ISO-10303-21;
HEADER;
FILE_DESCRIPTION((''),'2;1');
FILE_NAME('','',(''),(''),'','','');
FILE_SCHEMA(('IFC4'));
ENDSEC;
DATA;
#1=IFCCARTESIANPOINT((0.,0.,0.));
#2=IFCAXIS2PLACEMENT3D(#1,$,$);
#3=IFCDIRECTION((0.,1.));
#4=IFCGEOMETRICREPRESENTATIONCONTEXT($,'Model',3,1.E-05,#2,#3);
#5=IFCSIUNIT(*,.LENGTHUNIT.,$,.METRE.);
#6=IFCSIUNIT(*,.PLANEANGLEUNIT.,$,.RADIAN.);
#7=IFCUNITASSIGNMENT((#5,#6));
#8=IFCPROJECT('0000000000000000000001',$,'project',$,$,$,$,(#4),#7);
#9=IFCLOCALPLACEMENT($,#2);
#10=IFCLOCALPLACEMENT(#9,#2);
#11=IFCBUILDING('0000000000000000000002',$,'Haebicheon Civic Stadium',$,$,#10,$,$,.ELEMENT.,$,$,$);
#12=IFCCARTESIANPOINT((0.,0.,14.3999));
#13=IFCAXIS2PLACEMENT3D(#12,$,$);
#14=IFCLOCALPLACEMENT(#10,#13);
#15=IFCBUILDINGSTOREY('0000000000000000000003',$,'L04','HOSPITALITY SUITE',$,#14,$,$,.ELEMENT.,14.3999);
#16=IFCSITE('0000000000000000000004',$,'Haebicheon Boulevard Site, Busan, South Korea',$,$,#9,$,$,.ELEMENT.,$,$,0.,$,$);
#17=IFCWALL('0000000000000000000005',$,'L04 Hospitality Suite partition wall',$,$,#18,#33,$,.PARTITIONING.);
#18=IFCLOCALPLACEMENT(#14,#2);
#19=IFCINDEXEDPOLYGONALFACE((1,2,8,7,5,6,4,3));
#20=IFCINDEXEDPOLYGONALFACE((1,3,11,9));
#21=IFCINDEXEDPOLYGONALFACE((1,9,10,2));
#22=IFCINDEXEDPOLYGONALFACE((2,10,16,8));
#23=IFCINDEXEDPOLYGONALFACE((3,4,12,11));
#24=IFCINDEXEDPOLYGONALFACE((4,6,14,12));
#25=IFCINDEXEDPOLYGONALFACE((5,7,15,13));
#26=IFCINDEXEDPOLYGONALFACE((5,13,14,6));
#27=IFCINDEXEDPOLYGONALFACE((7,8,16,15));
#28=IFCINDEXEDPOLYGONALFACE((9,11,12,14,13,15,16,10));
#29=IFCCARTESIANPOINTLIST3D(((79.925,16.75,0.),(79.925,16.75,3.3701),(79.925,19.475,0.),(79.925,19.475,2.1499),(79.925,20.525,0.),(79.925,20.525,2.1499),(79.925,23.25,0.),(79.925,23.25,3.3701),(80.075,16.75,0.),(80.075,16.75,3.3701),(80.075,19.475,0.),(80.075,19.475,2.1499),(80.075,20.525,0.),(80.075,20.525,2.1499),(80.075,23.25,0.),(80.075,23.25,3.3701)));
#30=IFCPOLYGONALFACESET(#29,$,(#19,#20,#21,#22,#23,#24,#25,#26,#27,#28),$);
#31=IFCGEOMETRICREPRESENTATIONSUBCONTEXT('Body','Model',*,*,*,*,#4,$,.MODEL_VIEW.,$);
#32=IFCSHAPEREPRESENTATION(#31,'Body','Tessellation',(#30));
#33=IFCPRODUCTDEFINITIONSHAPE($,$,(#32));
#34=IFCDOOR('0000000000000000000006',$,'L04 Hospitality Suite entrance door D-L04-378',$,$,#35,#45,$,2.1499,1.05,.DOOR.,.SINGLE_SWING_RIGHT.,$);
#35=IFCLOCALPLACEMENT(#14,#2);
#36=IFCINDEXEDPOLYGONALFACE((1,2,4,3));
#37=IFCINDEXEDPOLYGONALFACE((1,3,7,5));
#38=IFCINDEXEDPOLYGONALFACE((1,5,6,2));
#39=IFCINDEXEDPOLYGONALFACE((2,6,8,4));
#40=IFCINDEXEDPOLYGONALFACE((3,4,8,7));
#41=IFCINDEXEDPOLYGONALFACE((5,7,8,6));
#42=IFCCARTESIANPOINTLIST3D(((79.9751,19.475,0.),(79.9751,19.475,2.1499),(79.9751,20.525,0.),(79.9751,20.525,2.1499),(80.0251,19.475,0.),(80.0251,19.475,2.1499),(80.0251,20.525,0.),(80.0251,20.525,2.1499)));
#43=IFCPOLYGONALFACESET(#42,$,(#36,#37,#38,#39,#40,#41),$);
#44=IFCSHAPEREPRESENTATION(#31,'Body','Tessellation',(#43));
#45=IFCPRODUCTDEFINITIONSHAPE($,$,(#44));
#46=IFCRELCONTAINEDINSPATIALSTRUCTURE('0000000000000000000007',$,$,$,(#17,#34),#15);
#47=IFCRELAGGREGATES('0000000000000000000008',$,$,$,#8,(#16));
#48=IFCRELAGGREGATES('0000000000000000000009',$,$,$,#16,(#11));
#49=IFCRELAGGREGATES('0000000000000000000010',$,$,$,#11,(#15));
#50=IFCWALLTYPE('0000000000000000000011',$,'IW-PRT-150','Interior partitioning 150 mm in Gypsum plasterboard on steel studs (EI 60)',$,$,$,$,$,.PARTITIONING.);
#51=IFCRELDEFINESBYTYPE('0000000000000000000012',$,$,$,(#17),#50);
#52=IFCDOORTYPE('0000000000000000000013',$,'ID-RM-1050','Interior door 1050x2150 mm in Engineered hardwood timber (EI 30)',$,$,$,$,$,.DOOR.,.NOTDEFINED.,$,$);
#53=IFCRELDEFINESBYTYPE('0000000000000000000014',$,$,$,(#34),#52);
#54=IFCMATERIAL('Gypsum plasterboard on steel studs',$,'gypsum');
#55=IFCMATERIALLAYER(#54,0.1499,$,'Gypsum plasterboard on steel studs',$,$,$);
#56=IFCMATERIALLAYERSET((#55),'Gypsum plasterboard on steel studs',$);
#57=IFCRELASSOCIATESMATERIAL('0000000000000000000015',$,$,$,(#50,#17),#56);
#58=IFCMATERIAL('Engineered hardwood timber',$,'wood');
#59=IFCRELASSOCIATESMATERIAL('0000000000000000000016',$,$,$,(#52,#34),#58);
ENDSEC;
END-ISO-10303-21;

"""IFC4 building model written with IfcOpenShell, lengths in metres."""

from ifc_helpers import new_model, si_unit, direction, frame, frame_2d, origin, place, context, subcontext, project, spatial, rectangle, extrude, material, layer, layer_set, type_object, element, fill, save


model = new_model("IFC4")

# Units and contexts
model_context = context("Model", 3, precision=1e-05, world=origin(), true_north=direction((0.0, 1.0)))
body_context = subcontext(model_context, "Body", "Model", "MODEL_VIEW")
ifc_project = project(units=[si_unit("LENGTHUNIT", "METRE"), si_unit("PLANEANGLEUNIT", "RADIAN")], contexts=[model_context])

# Site, building, storey
site_placement = place(None, origin())
site = spatial("IfcSite", under=ifc_project, at=site_placement, Name="Haebicheon Boulevard Site, Busan, South Korea", CompositionType="ELEMENT", RefElevation=0.0)
building_placement = place(site_placement, origin())
building = spatial("IfcBuilding", under=site, at=building_placement, Name="Haebicheon Civic Stadium", CompositionType="ELEMENT")
storey_placement = place(building_placement, frame((0.0, 0.0, 14.3999)))
storey = spatial("IfcBuildingStorey", under=building, at=storey_placement, Name="L04", Description="HOSPITALITY SUITE", CompositionType="ELEMENT", Elevation=14.3999)

# Shared definitions
ifc_material_1 = material(Name="Gypsum plasterboard on steel studs", Category="gypsum")
ifc_layer_1 = layer(ifc_material_1, 0.1499, Name="Gypsum plasterboard on steel studs")
ifc_layer_set_1 = layer_set([ifc_layer_1], Name="Gypsum plasterboard on steel studs")
wall_type_1 = type_object("IfcWallType", Name="IW-PRT-150", Description="Interior partitioning 150 mm in Gypsum plasterboard on steel studs (EI 60)", PredefinedType="PARTITIONING", material=ifc_layer_set_1)

# Wall, opening, door
wall_1_placement = place(storey_placement, frame((80.0, 16.75, 0.0), z_axis=(0.0, 0.0, 1.0), x_axis=(0.0, 1.0, 0.0)))
wall_1 = element("IfcWall", 1, at=wall_1_placement, inside=storey, type_object=wall_type_1, material=ifc_layer_set_1, Name="L04 Hospitality Suite partition wall", PredefinedType="PARTITIONING", context=body_context, shape_type="SweptSolid", body=[
    extrude(rectangle(XDim=6.5, YDim=0.1499, at=frame_2d((3.25, 0.0))), origin(), (0.0, 0.0, 1.0), 3.3701),
])
opening_1_placement = place(wall_1_placement, frame((2.7251, 0.0, 0.0)))
opening_1 = element("IfcOpeningElement", 2, at=opening_1_placement, cuts=wall_1, PredefinedType="OPENING", context=body_context, shape_type="SweptSolid", body=[
    extrude(rectangle(XDim=1.05, YDim=2.1499, at=frame_2d((0.5249, 1.075))), frame((0.0, 0.085, 0.0), z_axis=(0.0, -1.0, 0.0), x_axis=(1.0, 0.0, 0.0)), (0.0, 0.0, 1.0), 0.1699),
])
ifc_material_2 = material(Name="Engineered hardwood timber", Category="wood")
door_type_1 = type_object("IfcDoorType", Name="ID-RM-1050", Description="Interior door 1050x2150 mm in Engineered hardwood timber (EI 30)", OperationType="NOTDEFINED", PredefinedType="DOOR", material=ifc_material_2)
door_1_placement = place(opening_1_placement, origin())
door_1 = element("IfcDoor", 3, at=door_1_placement, inside=storey, type_object=door_type_1, material=ifc_material_2, Name="L04 Hospitality Suite entrance door D-L04-378", OperationType="SINGLE_SWING_RIGHT", OverallHeight=2.1499, OverallWidth=1.05, PredefinedType="DOOR", context=body_context, shape_type="SweptSolid", body=[
    extrude(rectangle(XDim=1.05, YDim=2.1499, at=frame_2d((0.5249, 1.075))), frame((0.0, 0.0249, 0.0), z_axis=(0.0, -1.0, 0.0), x_axis=(1.0, 0.0, 0.0)), (0.0, 0.0, 1.0), 0.05),
])
fill(opening_1, door_1)

save(model, "model.ifc")
